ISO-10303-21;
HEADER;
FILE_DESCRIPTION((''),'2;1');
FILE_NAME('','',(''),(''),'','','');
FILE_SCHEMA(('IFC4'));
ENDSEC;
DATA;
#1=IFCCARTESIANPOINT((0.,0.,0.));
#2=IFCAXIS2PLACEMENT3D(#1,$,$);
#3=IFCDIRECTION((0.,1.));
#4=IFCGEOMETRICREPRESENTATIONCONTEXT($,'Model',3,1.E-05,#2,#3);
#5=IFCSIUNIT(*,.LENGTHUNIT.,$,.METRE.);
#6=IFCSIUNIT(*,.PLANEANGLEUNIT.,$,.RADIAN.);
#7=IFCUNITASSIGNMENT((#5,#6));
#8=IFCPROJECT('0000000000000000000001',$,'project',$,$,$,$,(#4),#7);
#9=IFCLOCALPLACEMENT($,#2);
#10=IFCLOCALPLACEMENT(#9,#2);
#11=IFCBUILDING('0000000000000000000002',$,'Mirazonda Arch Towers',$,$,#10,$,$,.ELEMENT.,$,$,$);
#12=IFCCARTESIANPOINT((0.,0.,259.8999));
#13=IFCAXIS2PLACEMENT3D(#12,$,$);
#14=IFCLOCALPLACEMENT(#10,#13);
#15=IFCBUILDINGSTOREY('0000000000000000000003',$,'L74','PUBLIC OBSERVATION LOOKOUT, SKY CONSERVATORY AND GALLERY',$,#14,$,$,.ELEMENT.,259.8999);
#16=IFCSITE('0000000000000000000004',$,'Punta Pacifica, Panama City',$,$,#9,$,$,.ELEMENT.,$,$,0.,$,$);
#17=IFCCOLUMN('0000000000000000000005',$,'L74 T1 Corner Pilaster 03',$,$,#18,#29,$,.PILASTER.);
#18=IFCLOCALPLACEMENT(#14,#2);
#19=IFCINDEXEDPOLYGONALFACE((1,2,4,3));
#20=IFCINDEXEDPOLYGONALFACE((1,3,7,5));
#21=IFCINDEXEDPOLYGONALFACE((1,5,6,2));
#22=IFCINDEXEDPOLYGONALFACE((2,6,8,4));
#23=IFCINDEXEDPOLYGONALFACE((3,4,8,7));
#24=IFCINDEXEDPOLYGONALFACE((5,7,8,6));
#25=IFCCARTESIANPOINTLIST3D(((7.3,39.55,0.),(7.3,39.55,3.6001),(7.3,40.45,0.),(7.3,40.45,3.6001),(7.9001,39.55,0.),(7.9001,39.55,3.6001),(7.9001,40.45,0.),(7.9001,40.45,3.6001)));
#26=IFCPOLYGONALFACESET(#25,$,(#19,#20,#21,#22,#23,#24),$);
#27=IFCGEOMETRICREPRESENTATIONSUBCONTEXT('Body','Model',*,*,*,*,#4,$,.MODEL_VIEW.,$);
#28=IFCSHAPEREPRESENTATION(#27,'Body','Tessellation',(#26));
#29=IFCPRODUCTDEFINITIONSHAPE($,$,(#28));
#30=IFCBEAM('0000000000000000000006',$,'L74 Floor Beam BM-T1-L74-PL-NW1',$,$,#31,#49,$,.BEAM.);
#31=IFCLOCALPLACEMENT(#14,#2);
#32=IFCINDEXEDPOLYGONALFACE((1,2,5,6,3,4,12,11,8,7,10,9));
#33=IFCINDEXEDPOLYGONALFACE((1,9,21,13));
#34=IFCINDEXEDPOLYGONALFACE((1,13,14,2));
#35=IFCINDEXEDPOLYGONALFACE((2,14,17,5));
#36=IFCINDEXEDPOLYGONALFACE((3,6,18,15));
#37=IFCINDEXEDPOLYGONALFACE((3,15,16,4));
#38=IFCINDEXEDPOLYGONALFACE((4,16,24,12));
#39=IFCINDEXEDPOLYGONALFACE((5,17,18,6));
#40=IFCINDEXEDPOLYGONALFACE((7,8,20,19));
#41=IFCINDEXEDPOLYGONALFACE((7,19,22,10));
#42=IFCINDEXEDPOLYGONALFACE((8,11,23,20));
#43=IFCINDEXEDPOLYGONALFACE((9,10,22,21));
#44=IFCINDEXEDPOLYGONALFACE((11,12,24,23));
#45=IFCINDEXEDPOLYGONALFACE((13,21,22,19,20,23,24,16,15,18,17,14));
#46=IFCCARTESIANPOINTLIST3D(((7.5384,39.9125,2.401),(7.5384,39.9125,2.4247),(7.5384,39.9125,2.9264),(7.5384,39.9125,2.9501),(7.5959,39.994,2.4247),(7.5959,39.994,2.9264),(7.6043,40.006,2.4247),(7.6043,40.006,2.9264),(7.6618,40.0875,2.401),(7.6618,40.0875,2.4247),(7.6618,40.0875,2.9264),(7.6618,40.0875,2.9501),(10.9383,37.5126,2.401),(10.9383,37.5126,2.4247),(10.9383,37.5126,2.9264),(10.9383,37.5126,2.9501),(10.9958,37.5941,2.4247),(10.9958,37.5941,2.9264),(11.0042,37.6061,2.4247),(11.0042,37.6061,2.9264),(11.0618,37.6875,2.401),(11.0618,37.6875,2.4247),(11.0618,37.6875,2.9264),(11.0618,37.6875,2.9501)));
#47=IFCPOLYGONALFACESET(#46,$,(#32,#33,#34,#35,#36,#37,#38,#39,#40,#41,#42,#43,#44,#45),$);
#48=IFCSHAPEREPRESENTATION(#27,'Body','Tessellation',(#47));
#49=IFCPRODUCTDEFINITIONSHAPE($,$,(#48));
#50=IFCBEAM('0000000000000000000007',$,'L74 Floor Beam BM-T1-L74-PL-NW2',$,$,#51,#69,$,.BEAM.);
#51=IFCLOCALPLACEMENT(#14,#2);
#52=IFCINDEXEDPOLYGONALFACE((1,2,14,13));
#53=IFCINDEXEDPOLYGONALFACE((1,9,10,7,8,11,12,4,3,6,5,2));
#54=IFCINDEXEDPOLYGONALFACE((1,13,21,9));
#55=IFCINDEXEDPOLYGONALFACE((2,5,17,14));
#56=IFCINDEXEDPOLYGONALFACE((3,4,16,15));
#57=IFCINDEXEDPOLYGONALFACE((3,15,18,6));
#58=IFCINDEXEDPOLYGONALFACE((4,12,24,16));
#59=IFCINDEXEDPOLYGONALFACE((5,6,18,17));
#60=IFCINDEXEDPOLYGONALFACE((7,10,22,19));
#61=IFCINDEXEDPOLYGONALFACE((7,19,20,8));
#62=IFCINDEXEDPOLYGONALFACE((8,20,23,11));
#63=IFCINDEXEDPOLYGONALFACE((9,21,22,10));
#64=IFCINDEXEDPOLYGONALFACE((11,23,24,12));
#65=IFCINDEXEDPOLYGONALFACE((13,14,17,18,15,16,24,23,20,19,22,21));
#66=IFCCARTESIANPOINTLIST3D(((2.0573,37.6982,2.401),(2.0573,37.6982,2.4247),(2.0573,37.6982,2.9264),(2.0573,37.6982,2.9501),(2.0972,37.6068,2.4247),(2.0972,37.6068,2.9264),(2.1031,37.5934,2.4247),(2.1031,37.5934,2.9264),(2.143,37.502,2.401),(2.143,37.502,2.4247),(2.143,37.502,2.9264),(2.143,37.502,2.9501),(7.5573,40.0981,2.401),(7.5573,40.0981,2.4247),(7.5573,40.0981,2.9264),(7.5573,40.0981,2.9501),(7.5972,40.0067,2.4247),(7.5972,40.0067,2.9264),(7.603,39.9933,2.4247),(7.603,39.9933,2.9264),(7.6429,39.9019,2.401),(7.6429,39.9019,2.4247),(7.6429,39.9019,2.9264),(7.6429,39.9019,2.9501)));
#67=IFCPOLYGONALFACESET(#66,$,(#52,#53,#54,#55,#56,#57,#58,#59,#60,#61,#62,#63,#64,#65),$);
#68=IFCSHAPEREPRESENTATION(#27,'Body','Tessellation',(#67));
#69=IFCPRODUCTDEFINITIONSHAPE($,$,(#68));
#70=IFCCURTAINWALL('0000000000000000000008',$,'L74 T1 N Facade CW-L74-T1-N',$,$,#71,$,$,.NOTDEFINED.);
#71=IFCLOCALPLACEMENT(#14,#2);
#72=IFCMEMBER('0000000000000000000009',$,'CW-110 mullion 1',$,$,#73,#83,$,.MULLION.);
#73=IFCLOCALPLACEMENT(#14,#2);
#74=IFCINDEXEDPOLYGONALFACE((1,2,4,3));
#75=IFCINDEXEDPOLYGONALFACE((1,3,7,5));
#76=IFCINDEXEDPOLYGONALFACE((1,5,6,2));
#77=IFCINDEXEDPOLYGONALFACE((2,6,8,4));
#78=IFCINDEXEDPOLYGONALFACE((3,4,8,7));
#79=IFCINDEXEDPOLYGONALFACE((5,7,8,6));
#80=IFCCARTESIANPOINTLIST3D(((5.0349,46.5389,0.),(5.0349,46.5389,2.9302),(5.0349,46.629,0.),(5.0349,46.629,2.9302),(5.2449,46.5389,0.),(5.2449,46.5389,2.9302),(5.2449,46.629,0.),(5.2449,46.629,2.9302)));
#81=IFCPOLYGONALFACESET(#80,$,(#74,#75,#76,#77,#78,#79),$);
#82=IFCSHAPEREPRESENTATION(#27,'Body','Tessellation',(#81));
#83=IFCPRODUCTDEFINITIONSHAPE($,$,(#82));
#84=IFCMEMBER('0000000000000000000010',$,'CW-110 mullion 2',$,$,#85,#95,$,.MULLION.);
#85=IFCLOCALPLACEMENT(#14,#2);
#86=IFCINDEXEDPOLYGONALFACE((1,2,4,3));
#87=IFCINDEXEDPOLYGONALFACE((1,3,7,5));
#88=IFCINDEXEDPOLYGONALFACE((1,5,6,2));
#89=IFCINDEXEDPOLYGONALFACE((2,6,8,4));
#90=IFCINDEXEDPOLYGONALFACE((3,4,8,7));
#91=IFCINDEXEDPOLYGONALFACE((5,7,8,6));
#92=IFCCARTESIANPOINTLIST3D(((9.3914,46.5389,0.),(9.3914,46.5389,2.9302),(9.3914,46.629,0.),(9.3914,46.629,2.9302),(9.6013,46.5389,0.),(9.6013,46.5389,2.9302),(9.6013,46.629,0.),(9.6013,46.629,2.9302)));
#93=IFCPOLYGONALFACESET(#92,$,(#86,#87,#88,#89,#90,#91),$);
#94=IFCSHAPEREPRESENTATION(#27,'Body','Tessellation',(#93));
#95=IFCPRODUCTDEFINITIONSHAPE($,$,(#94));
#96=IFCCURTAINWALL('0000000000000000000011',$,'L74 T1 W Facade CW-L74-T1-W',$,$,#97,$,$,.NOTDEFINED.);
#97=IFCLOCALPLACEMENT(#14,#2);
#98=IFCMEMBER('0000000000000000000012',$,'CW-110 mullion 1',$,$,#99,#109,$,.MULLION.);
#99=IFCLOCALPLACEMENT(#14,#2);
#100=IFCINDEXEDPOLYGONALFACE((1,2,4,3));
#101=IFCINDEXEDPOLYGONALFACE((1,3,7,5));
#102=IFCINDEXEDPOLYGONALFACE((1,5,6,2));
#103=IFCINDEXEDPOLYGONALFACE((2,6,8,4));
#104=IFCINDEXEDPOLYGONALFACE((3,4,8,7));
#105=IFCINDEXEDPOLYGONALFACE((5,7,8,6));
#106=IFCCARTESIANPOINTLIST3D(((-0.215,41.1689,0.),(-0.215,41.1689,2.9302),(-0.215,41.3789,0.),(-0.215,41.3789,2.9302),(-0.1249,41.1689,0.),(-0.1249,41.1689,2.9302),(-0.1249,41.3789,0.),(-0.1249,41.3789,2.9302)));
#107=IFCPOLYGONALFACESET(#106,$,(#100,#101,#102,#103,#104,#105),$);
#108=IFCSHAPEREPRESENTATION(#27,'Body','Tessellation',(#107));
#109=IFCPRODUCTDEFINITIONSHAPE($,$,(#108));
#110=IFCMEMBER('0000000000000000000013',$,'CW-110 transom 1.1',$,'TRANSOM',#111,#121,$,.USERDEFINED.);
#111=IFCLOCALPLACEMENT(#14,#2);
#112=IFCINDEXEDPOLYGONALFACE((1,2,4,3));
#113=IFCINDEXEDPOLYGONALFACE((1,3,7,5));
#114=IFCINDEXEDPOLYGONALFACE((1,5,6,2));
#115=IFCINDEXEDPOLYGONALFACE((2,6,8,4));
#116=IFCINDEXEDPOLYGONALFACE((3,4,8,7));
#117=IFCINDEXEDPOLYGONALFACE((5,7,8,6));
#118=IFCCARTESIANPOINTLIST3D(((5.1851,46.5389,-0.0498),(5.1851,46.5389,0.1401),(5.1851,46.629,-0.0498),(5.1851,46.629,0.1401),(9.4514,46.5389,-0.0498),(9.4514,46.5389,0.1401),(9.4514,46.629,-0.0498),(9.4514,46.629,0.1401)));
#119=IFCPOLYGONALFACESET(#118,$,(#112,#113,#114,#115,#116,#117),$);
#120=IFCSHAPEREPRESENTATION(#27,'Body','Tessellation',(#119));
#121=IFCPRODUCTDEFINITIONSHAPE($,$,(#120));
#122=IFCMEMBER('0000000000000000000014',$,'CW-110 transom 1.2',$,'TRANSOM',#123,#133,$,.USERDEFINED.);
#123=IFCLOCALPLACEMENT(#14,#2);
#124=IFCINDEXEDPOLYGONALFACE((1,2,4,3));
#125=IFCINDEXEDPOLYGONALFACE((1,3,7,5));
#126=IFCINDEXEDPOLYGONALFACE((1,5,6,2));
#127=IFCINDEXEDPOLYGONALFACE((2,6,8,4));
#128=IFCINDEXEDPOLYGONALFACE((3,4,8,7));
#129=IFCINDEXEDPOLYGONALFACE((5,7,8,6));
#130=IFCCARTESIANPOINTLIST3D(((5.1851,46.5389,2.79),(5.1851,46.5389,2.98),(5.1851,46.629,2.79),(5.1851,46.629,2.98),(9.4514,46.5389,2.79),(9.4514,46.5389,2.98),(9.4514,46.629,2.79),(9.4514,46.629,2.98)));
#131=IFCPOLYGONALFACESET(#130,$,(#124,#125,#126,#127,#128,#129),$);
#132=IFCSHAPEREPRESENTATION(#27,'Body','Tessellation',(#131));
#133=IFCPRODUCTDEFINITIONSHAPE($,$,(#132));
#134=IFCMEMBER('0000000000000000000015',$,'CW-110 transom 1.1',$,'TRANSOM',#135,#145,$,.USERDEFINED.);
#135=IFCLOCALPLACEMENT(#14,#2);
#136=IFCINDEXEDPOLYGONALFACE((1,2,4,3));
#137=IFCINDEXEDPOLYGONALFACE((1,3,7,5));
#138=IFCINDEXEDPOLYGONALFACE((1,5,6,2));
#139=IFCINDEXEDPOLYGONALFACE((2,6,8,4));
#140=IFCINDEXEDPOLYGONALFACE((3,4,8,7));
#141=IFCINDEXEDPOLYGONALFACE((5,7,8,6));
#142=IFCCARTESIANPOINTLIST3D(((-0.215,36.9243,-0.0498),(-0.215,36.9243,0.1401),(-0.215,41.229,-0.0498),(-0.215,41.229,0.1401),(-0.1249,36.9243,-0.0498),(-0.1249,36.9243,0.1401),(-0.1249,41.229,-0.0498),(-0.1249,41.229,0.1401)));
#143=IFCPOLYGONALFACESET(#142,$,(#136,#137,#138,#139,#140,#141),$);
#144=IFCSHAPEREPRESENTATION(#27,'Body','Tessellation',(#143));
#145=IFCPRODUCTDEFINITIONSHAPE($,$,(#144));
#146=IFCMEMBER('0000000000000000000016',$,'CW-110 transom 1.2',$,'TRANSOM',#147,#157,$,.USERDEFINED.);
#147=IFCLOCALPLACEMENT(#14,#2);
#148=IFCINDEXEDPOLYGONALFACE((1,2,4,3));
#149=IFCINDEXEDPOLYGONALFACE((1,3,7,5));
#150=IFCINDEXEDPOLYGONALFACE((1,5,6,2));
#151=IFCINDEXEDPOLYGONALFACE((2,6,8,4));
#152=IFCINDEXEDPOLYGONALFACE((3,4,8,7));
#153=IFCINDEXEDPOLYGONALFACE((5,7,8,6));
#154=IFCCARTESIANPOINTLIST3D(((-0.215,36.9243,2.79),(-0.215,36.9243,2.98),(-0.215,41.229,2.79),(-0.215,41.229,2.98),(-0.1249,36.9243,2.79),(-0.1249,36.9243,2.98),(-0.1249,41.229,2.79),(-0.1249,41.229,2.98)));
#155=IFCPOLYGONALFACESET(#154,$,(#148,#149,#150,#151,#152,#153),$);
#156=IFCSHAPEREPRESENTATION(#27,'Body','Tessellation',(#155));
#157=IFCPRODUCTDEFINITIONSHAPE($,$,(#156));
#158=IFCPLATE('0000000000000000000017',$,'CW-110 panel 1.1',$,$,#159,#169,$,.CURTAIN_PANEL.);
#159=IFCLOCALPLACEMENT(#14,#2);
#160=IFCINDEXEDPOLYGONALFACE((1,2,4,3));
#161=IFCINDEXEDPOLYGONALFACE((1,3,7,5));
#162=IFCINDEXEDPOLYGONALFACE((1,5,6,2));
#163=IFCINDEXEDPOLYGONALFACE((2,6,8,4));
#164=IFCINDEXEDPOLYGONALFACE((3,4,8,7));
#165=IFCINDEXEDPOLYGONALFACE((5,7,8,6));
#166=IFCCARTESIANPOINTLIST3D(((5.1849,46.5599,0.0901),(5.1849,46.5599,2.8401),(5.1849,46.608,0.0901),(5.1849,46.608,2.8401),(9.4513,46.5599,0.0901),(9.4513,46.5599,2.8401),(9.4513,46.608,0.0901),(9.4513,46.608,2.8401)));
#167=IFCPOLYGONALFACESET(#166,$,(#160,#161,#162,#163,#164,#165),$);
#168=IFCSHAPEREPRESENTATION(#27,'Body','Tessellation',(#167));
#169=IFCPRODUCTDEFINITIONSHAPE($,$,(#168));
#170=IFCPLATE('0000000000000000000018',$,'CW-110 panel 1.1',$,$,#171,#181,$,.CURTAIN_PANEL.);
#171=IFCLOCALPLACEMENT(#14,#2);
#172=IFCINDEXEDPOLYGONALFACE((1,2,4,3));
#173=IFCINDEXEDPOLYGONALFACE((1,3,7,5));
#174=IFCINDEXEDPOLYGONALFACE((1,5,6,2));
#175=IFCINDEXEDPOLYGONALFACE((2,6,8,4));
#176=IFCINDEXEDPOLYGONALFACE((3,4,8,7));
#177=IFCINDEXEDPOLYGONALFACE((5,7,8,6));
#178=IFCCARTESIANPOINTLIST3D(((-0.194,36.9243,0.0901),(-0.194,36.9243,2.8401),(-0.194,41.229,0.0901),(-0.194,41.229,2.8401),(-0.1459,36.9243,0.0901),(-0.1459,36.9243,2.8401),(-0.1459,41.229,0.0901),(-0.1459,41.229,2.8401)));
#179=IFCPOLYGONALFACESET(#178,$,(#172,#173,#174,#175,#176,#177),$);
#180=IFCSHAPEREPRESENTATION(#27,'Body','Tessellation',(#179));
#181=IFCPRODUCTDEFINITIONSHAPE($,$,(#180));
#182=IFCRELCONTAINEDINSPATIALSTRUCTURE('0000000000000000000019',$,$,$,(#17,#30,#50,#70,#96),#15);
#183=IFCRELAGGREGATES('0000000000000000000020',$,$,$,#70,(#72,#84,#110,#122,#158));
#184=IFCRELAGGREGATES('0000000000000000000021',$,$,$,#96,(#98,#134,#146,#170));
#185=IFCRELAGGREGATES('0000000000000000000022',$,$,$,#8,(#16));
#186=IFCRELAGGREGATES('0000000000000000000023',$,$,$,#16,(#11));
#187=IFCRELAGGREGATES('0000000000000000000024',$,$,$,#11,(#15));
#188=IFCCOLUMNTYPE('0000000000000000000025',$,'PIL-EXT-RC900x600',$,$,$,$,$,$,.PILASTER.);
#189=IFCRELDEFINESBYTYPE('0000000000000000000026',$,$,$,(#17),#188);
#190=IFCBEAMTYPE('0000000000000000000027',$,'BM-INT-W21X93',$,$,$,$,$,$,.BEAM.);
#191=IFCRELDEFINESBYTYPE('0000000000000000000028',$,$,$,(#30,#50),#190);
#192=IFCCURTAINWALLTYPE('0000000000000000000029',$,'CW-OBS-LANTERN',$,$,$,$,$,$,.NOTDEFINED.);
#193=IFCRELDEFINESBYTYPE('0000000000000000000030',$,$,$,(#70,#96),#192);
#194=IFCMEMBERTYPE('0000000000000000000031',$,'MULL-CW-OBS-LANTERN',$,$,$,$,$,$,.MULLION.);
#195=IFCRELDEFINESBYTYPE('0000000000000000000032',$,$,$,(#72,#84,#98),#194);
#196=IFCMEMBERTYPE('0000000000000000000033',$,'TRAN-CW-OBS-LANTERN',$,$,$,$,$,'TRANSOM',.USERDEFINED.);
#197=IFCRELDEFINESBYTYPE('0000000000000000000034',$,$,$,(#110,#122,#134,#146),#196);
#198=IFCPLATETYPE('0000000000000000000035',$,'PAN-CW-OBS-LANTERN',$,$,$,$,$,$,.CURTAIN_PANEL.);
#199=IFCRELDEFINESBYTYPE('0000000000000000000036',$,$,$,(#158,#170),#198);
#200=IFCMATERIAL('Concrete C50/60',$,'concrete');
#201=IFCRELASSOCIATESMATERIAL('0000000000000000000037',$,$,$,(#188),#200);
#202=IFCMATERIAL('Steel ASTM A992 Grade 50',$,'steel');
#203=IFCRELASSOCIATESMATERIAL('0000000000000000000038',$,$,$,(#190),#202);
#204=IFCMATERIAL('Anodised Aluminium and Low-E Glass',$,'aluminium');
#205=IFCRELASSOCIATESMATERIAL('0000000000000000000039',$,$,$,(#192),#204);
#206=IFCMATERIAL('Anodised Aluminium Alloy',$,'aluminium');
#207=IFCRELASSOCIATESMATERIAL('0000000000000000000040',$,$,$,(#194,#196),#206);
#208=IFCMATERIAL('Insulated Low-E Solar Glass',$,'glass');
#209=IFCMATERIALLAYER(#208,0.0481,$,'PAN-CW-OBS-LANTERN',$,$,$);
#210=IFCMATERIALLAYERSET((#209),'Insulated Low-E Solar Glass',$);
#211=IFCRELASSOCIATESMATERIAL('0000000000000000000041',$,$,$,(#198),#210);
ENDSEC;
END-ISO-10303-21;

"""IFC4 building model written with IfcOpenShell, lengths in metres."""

from ifc_helpers import new_model, si_unit, direction, frame, origin, origin_2d, place, context, subcontext, project, spatial, rectangle, i_section, extrude, material, layer, layer_set, material_profile, profile_set, type_object, element, aggregate, save


model = new_model("IFC4")

# Units and contexts
model_context = context("Model", 3, precision=1e-05, world=origin(), true_north=direction((0.0, 1.0)))
body_context = subcontext(model_context, "Body", "Model", "MODEL_VIEW")
ifc_project = project(units=[si_unit("LENGTHUNIT", "METRE"), si_unit("PLANEANGLEUNIT", "RADIAN")], contexts=[model_context])

# Site, building, storey
site_placement = place(None, origin())
site = spatial("IfcSite", under=ifc_project, at=site_placement, Name="Punta Pacifica, Panama City", CompositionType="ELEMENT", RefElevation=0.0)
building_placement = place(site_placement, origin())
building = spatial("IfcBuilding", under=site, at=building_placement, Name="Mirazonda Arch Towers", CompositionType="ELEMENT")
storey_placement = place(building_placement, frame((0.0, 0.0, 259.8999)))
storey = spatial("IfcBuildingStorey", under=building, at=storey_placement, Name="L74", Description="PUBLIC OBSERVATION LOOKOUT, SKY CONSERVATORY AND GALLERY", CompositionType="ELEMENT", Elevation=259.8999)

# Column
ifc_material_1 = material(Name="Concrete C50/60", Category="concrete")
ifc_material_profile_1 = material_profile(ifc_material_1, rectangle(XDim=0.6001, YDim=0.8999, at=origin_2d()), Name="RC900x600")
ifc_profile_set_1 = profile_set([ifc_material_profile_1], Name="Concrete C50/60")
column_type = type_object("IfcColumnType", Name="PIL-EXT-RC900x600", PredefinedType="PILASTER", material=ifc_profile_set_1)
column_placement = place(storey_placement, frame((7.6001, 40.0, 0.0), z_axis=(0.0, 0.0, 1.0), x_axis=(1.0, 0.0, 0.0)))
element("IfcColumn", 1, at=column_placement, inside=storey, type_object=column_type, Name="L74 T1 Corner Pilaster 03", PredefinedType="PILASTER", context=body_context, shape_type="SweptSolid", body=[
    extrude(rectangle(XDim=0.6001, YDim=0.8999, at=origin_2d()), origin(), (0.0, 0.0, 1.0), 3.6001),
])

# Beams
ifc_material_2 = material(Name="Steel ASTM A992 Grade 50", Category="steel")
ifc_material_profile_2 = material_profile(ifc_material_2, i_section(OverallWidth=0.2141, OverallDepth=0.5491, WebThickness=0.0146, FlangeThickness=0.0237, at=origin_2d()), Name="W21X93")
ifc_profile_set_2 = profile_set([ifc_material_profile_2], Name="Steel ASTM A992 Grade 50")
beam_type = type_object("IfcBeamType", Name="BM-INT-W21X93", PredefinedType="BEAM", material=ifc_profile_set_2)
beam_1_placement = place(storey_placement, frame((7.6001, 40.0, 2.6755), z_axis=(0.816971, -0.576679, 0.0), x_axis=(0.576679, 0.816971, 0.0)))
element("IfcBeam", 2, at=beam_1_placement, inside=storey, type_object=beam_type, Name="L74 Floor Beam BM-T1-L74-PL-NW1", PredefinedType="BEAM", context=body_context, shape_type="SweptSolid", body=[
    extrude(i_section(OverallWidth=0.2141, OverallDepth=0.5491, WebThickness=0.0146, FlangeThickness=0.0237, at=origin_2d()), origin(), (0.0, 0.0, 1.0), 4.1616),
])
beam_2_placement = place(storey_placement, frame((7.6001, 40.0, 2.6755), z_axis=(-0.916545, -0.399931, 0.0), x_axis=(0.399931, -0.916545, 0.0)))
element("IfcBeam", 3, at=beam_2_placement, inside=storey, type_object=beam_type, Name="L74 Floor Beam BM-T1-L74-PL-NW2", PredefinedType="BEAM", context=body_context, shape_type="SweptSolid", body=[
    extrude(i_section(OverallWidth=0.2141, OverallDepth=0.5491, WebThickness=0.0146, FlangeThickness=0.0237, at=origin_2d()), origin(), (0.0, 0.0, 1.0), 6.0007),
])

# Curtain wall, members
ifc_material_3 = material(Name="Anodised Aluminium and Low-E Glass", Category="aluminium")
curtain_wall_type = type_object("IfcCurtainWallType", Name="CW-OBS-LANTERN", PredefinedType="NOTDEFINED", material=ifc_material_3)
curtain_wall_1_placement = place(storey_placement, origin())
curtain_wall_1 = element("IfcCurtainWall", 4, at=curtain_wall_1_placement, inside=storey, type_object=curtain_wall_type, Name="L74 T1 N Facade CW-L74-T1-N", PredefinedType="NOTDEFINED")
ifc_material_4 = material(Name="Anodised Aluminium Alloy", Category="aluminium")
ifc_material_profile_3 = material_profile(ifc_material_4, rectangle(XDim=0.0901, YDim=0.21, at=origin_2d()), Name="ALU-MULL-90x210")
ifc_profile_set_3 = profile_set([ifc_material_profile_3], Name="Anodised Aluminium Alloy")
member_type_1 = type_object("IfcMemberType", Name="MULL-CW-OBS-LANTERN", PredefinedType="MULLION", material=ifc_profile_set_3)
member_1_placement = place(storey_placement, frame((5.1399, 46.584, 0.0), z_axis=(0.0, 0.0, 1.0), x_axis=(0.0, 1.0, 0.0)))
member_1 = element("IfcMember", 5, at=member_1_placement, type_object=member_type_1, Name="CW-110 mullion 1", PredefinedType="MULLION", context=body_context, shape_type="SweptSolid", body=[
    extrude(rectangle(XDim=0.0901, YDim=0.21, at=origin_2d()), origin(), (0.0, 0.0, 1.0), 2.9302),
])
member_2_placement = place(storey_placement, frame((9.4963, 46.584, 0.0), z_axis=(0.0, 0.0, 1.0), x_axis=(0.0, 1.0, 0.0)))
member_2 = element("IfcMember", 6, at=member_2_placement, type_object=member_type_1, Name="CW-110 mullion 2", PredefinedType="MULLION", context=body_context, shape_type="SweptSolid", body=[
    extrude(rectangle(XDim=0.0901, YDim=0.21, at=origin_2d()), origin(), (0.0, 0.0, 1.0), 2.9302),
])

# Curtain wall, member
curtain_wall_2_placement = place(storey_placement, origin())
curtain_wall_2 = element("IfcCurtainWall", 7, at=curtain_wall_2_placement, inside=storey, type_object=curtain_wall_type, Name="L74 T1 W Facade CW-L74-T1-W", PredefinedType="NOTDEFINED")
member_3_placement = place(storey_placement, frame((-0.1699, 41.2739, 0.0), z_axis=(0.0, 0.0, 1.0), x_axis=(1.0, 0.0, 0.0)))
member_3 = element("IfcMember", 8, at=member_3_placement, type_object=member_type_1, Name="CW-110 mullion 1", PredefinedType="MULLION", context=body_context, shape_type="SweptSolid", body=[
    extrude(rectangle(XDim=0.0901, YDim=0.21, at=origin_2d()), origin(), (0.0, 0.0, 1.0), 2.9302),
])

# Members
ifc_material_profile_4 = material_profile(ifc_material_4, rectangle(XDim=0.0901, YDim=0.1899, at=origin_2d()), Name="ALU-TRAN-90x190")
ifc_profile_set_4 = profile_set([ifc_material_profile_4], Name="Anodised Aluminium Alloy")
member_type_2 = type_object("IfcMemberType", Name="TRAN-CW-OBS-LANTERN", ElementType="TRANSOM", PredefinedType="USERDEFINED", material=ifc_profile_set_4)
member_4_placement = place(storey_placement, frame((5.1851, 46.584, 0.0452), z_axis=(1.0, 0.0, 0.0), x_axis=(0.0, 1.0, 0.0)))
member_4 = element("IfcMember", 9, at=member_4_placement, type_object=member_type_2, Name="CW-110 transom 1.1", ObjectType="TRANSOM", PredefinedType="USERDEFINED", context=body_context, shape_type="SweptSolid", body=[
    extrude(rectangle(XDim=0.0901, YDim=0.1899, at=origin_2d()), origin(), (0.0, 0.0, 1.0), 4.2664),
])
member_5_placement = place(storey_placement, frame((5.1851, 46.584, 2.885), z_axis=(1.0, 0.0, 0.0), x_axis=(0.0, 1.0, 0.0)))
member_5 = element("IfcMember", 10, at=member_5_placement, type_object=member_type_2, Name="CW-110 transom 1.2", ObjectType="TRANSOM", PredefinedType="USERDEFINED", context=body_context, shape_type="SweptSolid", body=[
    extrude(rectangle(XDim=0.0901, YDim=0.1899, at=origin_2d()), origin(), (0.0, 0.0, 1.0), 4.2664),
])
member_6_placement = place(storey_placement, frame((-0.1699, 41.229, 0.0452), z_axis=(0.0, -1.0, 0.0), x_axis=(1.0, 0.0, 0.0)))
member_6 = element("IfcMember", 11, at=member_6_placement, type_object=member_type_2, Name="CW-110 transom 1.1", ObjectType="TRANSOM", PredefinedType="USERDEFINED", context=body_context, shape_type="SweptSolid", body=[
    extrude(rectangle(XDim=0.0901, YDim=0.1899, at=origin_2d()), origin(), (0.0, 0.0, 1.0), 4.3047),
])
member_7_placement = place(storey_placement, frame((-0.1699, 41.229, 2.885), z_axis=(0.0, -1.0, 0.0), x_axis=(1.0, 0.0, 0.0)))
member_7 = element("IfcMember", 12, at=member_7_placement, type_object=member_type_2, Name="CW-110 transom 1.2", ObjectType="TRANSOM", PredefinedType="USERDEFINED", context=body_context, shape_type="SweptSolid", body=[
    extrude(rectangle(XDim=0.0901, YDim=0.1899, at=origin_2d()), origin(), (0.0, 0.0, 1.0), 4.3047),
])

# Plates
ifc_material_5 = material(Name="Insulated Low-E Solar Glass", Category="glass")
ifc_layer_1 = layer(ifc_material_5, 0.0481, Name="PAN-CW-OBS-LANTERN")
ifc_layer_set_1 = layer_set([ifc_layer_1], Name="Insulated Low-E Solar Glass")
plate_type = type_object("IfcPlateType", Name="PAN-CW-OBS-LANTERN", PredefinedType="CURTAIN_PANEL", material=ifc_layer_set_1)
plate_1_placement = place(storey_placement, frame((7.3181, 46.584, 0.0901), z_axis=(0.0, 0.0, 1.0), x_axis=(1.0, 0.0, 0.0)))
plate_1 = element("IfcPlate", 13, at=plate_1_placement, type_object=plate_type, Name="CW-110 panel 1.1", PredefinedType="CURTAIN_PANEL", context=body_context, shape_type="SweptSolid", body=[
    extrude(rectangle(XDim=4.2664, YDim=0.0481, at=origin_2d()), origin(), (0.0, 0.0, 1.0), 2.75),
])
aggregate(curtain_wall_1, [member_1, member_2, member_4, member_5, plate_1])
plate_2_placement = place(storey_placement, frame((-0.1699, 39.0767, 0.0901), z_axis=(0.0, 0.0, 1.0), x_axis=(0.0, -1.0, 0.0)))
plate_2 = element("IfcPlate", 14, at=plate_2_placement, type_object=plate_type, Name="CW-110 panel 1.1", PredefinedType="CURTAIN_PANEL", context=body_context, shape_type="SweptSolid", body=[
    extrude(rectangle(XDim=4.3047, YDim=0.0481, at=origin_2d()), origin(), (0.0, 0.0, 1.0), 2.75),
])
aggregate(curtain_wall_2, [member_3, member_6, member_7, plate_2])

save(model, "model.ifc")
